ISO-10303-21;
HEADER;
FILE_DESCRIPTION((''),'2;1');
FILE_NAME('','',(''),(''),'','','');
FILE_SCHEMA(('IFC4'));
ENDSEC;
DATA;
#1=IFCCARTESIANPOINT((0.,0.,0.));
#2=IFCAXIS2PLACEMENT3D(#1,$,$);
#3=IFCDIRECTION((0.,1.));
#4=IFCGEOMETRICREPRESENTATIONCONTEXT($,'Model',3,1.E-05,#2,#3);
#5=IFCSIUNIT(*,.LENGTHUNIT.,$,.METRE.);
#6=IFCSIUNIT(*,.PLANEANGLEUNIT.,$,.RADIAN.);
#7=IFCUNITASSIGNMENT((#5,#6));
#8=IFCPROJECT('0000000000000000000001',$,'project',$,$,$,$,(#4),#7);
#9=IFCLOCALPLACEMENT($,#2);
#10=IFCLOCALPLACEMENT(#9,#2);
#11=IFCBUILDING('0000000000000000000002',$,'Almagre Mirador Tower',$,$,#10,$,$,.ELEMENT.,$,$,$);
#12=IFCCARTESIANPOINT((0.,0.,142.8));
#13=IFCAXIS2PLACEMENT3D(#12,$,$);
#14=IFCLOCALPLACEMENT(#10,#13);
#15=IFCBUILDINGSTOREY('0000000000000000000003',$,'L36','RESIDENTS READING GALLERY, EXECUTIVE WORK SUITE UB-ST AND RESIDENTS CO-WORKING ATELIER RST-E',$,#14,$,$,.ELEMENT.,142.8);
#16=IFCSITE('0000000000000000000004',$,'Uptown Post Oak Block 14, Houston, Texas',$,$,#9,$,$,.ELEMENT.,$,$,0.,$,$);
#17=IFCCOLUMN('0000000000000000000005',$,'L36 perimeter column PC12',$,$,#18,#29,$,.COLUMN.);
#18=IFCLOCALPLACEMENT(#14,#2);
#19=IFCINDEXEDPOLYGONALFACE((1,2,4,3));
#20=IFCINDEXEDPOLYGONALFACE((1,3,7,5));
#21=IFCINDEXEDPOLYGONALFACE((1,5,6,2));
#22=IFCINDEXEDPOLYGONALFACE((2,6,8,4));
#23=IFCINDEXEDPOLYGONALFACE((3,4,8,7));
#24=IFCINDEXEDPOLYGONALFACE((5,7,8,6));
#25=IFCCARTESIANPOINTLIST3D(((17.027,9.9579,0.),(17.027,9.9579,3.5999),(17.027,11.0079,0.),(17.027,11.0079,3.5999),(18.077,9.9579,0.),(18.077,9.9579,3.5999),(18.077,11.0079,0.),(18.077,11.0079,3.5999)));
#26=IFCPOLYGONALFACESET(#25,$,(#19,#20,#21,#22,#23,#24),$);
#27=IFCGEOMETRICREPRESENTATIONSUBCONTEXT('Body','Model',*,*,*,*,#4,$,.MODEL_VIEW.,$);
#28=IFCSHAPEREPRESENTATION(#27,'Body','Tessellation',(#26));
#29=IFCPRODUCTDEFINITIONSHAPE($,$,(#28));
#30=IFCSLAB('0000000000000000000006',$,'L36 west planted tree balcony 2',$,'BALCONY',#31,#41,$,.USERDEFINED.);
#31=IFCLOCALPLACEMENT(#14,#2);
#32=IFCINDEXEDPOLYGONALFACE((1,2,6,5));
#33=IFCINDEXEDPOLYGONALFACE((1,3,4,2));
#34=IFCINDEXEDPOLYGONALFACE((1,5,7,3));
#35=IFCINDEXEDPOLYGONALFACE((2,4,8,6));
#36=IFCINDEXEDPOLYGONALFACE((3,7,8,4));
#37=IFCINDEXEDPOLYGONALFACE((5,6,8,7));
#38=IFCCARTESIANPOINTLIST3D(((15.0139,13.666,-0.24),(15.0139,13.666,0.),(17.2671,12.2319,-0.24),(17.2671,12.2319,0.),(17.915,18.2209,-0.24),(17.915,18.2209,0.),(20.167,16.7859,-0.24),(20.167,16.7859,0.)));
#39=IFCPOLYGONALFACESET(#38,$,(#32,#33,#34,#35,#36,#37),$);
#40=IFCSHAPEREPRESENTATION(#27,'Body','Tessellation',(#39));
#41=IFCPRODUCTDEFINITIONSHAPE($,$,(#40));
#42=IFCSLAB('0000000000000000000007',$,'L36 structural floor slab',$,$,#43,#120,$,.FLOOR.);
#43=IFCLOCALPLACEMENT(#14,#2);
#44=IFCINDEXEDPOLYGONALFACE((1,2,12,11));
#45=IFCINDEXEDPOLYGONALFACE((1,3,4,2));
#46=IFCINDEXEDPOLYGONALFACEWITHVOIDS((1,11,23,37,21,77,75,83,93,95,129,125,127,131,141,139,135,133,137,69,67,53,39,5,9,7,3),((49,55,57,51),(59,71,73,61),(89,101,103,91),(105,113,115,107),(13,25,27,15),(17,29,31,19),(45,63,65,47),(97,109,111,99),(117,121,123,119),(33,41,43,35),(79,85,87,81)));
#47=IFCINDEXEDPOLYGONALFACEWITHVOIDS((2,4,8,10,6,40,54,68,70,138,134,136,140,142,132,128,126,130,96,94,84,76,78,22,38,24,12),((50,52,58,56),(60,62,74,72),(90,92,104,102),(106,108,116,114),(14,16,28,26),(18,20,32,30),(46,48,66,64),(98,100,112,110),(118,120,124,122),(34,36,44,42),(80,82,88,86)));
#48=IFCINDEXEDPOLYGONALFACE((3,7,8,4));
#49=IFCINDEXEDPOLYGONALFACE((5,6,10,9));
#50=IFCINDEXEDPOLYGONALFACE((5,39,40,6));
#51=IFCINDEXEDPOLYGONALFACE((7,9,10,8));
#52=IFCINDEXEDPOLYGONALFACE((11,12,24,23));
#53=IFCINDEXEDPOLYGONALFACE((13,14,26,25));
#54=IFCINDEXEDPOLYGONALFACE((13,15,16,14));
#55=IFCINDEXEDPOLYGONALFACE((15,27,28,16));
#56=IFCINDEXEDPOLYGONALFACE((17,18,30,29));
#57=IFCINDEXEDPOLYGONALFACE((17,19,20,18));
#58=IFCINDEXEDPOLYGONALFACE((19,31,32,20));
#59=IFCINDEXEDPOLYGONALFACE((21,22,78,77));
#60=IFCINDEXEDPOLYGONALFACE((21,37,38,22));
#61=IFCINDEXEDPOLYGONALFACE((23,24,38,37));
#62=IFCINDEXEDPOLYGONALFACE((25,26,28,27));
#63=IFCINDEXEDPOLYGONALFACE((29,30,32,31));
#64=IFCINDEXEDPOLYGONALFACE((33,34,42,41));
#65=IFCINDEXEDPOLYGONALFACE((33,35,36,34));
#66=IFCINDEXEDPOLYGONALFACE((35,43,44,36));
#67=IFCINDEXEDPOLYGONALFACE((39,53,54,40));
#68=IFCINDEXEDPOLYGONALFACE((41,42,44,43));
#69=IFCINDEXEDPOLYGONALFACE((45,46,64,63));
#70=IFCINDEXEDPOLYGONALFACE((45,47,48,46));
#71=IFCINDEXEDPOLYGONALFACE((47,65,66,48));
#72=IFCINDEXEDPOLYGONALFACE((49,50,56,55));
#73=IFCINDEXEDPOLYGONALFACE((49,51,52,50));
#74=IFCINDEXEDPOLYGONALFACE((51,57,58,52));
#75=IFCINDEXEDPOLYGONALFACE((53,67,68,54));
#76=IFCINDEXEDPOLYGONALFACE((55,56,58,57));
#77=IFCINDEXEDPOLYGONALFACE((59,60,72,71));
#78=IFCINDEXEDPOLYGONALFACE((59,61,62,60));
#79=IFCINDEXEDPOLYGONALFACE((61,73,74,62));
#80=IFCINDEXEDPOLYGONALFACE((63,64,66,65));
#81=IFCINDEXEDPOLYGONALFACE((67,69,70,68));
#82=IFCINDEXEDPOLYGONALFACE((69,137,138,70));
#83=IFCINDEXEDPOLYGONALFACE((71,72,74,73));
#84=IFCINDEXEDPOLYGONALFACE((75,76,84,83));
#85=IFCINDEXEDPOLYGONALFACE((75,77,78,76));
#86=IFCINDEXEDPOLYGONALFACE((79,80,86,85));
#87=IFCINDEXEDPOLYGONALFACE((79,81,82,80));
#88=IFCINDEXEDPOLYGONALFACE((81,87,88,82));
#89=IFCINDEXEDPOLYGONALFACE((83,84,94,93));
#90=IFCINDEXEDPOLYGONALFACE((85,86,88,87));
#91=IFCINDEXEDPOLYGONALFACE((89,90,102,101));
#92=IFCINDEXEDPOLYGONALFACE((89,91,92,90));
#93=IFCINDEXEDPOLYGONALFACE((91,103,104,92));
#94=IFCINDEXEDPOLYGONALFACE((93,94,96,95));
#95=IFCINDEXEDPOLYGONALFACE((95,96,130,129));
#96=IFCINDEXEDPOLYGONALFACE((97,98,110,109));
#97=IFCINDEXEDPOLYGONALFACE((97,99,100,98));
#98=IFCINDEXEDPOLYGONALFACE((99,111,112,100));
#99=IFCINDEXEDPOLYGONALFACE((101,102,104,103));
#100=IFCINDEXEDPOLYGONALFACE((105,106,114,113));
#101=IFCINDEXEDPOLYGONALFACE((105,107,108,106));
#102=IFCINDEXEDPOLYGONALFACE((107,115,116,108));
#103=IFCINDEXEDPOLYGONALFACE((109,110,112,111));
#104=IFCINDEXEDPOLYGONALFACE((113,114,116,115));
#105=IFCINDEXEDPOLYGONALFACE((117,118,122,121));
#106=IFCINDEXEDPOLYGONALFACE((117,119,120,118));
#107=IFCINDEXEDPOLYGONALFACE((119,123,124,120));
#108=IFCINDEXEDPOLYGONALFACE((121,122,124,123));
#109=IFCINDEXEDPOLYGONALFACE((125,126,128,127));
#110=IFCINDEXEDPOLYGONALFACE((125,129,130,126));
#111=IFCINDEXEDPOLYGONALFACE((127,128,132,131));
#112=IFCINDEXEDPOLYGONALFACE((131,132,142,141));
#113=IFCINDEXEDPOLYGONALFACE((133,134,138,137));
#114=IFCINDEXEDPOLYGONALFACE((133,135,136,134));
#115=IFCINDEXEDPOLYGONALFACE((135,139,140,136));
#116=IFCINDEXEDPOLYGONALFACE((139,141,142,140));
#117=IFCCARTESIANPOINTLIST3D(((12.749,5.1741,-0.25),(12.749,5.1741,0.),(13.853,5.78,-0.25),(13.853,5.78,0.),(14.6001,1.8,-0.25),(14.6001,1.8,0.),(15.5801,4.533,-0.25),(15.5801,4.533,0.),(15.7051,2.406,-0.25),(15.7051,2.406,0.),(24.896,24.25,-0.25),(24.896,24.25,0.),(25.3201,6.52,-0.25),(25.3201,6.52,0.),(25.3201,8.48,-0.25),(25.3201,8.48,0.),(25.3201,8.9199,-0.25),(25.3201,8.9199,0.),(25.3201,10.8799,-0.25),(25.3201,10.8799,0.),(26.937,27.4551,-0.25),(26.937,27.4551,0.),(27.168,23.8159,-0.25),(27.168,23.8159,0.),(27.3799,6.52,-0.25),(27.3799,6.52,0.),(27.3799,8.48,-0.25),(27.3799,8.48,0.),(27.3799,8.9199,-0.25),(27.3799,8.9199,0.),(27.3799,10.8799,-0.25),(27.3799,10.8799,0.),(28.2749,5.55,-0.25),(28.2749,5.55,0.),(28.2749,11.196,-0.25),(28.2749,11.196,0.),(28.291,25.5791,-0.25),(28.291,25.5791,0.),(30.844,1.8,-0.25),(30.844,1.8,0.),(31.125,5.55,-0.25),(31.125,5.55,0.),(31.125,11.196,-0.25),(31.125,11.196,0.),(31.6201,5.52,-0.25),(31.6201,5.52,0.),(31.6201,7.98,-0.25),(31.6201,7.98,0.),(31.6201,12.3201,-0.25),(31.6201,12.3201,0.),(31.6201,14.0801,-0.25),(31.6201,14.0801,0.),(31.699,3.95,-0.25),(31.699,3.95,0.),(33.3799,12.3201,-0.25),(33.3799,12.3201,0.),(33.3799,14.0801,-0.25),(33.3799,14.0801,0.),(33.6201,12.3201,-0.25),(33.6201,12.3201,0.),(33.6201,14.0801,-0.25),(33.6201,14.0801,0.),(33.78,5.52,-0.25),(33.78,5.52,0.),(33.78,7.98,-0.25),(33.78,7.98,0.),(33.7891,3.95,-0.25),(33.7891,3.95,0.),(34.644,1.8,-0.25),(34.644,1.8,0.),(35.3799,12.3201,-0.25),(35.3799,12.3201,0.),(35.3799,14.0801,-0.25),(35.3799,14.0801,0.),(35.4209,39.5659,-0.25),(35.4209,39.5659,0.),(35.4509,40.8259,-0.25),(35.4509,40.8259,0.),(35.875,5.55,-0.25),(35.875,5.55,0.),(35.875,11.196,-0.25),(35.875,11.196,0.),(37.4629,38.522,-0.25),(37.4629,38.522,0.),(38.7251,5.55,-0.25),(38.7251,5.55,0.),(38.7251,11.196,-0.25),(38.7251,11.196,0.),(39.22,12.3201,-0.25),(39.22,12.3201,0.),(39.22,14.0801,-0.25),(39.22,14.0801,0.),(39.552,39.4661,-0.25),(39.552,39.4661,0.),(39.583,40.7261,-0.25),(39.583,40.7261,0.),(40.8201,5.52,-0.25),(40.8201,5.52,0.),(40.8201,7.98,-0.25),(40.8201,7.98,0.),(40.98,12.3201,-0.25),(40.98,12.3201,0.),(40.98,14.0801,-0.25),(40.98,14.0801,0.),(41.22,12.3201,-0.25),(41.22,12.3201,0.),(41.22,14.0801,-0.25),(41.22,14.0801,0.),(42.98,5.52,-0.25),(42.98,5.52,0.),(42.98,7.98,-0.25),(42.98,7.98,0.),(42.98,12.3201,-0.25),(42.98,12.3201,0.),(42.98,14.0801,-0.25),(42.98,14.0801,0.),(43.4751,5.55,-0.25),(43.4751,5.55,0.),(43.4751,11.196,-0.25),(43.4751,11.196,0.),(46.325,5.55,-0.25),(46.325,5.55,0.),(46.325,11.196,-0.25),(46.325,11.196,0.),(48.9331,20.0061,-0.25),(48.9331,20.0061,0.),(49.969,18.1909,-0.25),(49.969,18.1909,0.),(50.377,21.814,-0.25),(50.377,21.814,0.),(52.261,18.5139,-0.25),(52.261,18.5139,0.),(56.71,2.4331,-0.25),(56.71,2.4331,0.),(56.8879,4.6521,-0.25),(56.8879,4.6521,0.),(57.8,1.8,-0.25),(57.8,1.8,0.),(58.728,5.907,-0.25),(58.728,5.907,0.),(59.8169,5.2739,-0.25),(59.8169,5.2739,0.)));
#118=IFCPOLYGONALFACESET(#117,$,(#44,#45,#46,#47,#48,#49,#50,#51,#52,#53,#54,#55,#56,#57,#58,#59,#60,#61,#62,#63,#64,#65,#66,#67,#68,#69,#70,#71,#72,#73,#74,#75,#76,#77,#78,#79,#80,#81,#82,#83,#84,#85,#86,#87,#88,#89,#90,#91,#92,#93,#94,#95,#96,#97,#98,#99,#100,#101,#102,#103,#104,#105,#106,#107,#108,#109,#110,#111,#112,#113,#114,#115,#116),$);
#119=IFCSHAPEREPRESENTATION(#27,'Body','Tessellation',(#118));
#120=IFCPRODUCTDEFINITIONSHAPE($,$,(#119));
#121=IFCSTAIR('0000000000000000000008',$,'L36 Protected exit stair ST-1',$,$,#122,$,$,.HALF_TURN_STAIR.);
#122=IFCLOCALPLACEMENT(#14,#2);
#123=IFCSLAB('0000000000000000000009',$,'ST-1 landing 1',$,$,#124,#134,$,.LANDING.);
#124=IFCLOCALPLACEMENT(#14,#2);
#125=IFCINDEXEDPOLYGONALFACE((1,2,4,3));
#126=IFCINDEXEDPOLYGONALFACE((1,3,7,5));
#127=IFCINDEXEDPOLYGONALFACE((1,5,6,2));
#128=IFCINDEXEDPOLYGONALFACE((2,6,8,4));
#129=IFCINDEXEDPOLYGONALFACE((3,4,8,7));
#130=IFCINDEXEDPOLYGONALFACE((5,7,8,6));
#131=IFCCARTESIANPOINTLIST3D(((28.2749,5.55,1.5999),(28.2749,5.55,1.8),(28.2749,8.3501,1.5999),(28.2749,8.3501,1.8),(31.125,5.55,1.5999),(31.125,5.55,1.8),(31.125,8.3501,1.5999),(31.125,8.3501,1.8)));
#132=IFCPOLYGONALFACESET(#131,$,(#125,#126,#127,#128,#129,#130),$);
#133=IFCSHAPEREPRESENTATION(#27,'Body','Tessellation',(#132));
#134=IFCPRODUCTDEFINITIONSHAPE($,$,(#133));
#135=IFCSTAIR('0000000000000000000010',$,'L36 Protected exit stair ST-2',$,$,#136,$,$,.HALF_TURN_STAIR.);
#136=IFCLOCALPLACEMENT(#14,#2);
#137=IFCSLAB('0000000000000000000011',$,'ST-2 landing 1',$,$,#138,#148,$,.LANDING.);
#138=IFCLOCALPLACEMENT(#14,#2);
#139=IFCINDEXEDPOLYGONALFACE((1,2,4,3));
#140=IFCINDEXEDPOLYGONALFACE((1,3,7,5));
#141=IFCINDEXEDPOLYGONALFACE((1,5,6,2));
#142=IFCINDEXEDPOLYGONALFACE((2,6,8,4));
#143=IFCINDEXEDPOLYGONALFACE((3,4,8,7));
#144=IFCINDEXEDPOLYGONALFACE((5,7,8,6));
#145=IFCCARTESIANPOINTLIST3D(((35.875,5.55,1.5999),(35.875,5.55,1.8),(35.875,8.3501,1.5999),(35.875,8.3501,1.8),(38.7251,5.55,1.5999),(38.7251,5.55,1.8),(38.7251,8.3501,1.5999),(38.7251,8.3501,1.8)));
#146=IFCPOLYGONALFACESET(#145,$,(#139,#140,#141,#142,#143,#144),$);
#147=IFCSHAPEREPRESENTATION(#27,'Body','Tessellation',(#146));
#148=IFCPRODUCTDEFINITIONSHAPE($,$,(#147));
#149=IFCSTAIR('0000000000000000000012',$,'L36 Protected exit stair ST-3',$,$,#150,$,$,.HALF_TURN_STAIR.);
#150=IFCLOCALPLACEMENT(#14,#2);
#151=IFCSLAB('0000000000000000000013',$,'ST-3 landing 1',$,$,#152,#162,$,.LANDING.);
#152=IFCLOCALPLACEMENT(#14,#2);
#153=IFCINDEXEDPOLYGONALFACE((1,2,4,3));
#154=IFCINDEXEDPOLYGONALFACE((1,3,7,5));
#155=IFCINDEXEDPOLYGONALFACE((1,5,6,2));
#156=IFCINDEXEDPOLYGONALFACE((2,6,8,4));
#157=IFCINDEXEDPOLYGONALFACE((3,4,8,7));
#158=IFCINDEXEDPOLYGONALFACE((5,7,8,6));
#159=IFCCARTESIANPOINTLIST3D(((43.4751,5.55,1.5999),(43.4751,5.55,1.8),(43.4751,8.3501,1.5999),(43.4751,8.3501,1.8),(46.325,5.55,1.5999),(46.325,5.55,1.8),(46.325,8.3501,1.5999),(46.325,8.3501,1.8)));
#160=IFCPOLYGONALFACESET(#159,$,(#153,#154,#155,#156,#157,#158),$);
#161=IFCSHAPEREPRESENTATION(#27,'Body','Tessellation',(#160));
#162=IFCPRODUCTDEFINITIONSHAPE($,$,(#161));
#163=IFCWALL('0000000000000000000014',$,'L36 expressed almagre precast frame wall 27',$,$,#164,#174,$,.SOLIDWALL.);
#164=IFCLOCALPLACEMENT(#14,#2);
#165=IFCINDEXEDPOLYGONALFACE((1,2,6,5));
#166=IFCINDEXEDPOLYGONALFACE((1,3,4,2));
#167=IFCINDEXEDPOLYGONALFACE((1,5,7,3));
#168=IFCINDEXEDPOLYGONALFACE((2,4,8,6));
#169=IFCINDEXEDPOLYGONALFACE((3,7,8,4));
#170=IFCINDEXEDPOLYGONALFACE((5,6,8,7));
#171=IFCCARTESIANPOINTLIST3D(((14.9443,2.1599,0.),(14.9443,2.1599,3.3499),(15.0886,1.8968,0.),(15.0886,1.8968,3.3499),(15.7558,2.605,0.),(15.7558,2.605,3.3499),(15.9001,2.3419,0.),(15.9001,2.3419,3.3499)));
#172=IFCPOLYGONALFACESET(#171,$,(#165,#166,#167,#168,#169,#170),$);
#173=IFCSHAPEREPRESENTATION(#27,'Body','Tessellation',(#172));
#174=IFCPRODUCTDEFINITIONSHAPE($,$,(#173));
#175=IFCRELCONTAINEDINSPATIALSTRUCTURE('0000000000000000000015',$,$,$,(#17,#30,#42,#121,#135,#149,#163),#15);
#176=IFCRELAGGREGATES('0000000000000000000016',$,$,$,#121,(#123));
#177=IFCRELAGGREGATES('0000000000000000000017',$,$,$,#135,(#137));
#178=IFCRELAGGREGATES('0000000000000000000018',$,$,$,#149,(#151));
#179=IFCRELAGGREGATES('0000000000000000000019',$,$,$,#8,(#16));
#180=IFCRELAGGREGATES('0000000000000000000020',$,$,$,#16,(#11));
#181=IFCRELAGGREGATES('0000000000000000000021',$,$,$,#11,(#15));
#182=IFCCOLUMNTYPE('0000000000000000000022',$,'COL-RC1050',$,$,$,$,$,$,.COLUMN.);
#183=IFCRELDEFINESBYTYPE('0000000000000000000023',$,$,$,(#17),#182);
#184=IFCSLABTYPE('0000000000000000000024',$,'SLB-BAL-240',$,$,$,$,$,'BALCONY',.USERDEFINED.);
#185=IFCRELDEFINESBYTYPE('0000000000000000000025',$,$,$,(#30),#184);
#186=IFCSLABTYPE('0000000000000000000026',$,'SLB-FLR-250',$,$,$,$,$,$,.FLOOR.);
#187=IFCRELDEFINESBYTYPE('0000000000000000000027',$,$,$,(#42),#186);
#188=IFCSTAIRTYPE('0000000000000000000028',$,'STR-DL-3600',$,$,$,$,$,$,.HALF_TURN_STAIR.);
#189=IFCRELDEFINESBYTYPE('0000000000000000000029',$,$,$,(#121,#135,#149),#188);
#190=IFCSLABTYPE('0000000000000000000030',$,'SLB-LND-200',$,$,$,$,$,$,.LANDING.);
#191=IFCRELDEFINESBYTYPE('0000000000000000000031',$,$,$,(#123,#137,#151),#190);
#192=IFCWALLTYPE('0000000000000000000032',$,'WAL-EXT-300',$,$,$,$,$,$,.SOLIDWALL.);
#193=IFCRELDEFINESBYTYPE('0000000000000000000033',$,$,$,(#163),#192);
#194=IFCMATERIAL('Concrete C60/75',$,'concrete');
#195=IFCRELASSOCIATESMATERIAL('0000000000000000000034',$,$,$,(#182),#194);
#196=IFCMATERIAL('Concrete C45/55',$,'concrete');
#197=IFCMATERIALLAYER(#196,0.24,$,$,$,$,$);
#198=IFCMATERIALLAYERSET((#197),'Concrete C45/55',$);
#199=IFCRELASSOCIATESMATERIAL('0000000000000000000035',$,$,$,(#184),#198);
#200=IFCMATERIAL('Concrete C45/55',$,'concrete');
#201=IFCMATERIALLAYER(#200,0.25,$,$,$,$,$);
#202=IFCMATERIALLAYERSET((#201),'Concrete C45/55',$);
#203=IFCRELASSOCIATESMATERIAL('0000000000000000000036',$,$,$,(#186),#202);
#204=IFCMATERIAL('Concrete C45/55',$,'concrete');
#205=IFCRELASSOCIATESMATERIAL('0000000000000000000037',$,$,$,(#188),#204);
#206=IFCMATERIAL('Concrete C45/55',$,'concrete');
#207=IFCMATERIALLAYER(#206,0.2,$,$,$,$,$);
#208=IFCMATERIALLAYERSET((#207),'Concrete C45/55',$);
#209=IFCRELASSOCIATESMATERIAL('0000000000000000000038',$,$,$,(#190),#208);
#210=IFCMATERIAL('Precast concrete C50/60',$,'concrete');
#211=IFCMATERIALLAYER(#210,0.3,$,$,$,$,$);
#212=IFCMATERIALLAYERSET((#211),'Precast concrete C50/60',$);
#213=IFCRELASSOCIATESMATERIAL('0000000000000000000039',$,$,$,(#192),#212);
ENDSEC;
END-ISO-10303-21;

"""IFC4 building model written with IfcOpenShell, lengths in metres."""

from ifc_helpers import new_model, si_unit, direction, frame, frame_2d, origin, origin_2d, place, context, subcontext, project, spatial, polyline, rectangle, outline, extrude, material, layer, layer_set, material_profile, profile_set, type_object, element, aggregate, save


model = new_model("IFC4")

# Units and contexts
model_context = context("Model", 3, precision=1e-05, world=origin(), true_north=direction((0.0, 1.0)))
body_context = subcontext(model_context, "Body", "Model", "MODEL_VIEW")
ifc_project = project(units=[si_unit("LENGTHUNIT", "METRE"), si_unit("PLANEANGLEUNIT", "RADIAN")], contexts=[model_context])

# Site, building, storey
site_placement = place(None, origin())
site = spatial("IfcSite", under=ifc_project, at=site_placement, Name="Uptown Post Oak Block 14, Houston, Texas", CompositionType="ELEMENT", RefElevation=0.0)
building_placement = place(site_placement, origin())
building = spatial("IfcBuilding", under=site, at=building_placement, Name="Almagre Mirador Tower", CompositionType="ELEMENT")
storey_placement = place(building_placement, frame((0.0, 0.0, 142.8)))
storey = spatial("IfcBuildingStorey", under=building, at=storey_placement, Name="L36", Description="RESIDENTS READING GALLERY, EXECUTIVE WORK SUITE UB-ST AND RESIDENTS CO-WORKING ATELIER RST-E", CompositionType="ELEMENT", Elevation=142.8)

# Column
ifc_material_1 = material(Name="Concrete C60/75", Category="concrete")
ifc_material_profile = material_profile(ifc_material_1, rectangle(XDim=1.05, YDim=1.05, at=origin_2d()), Name="RC1050X1050")
ifc_profile_set = profile_set([ifc_material_profile], Name="Concrete C60/75")
column_type = type_object("IfcColumnType", Name="COL-RC1050", PredefinedType="COLUMN", material=ifc_profile_set)
column_placement = place(storey_placement, frame((17.552, 10.4829, 0.0), z_axis=(0.0, 0.0, 1.0), x_axis=(1.0, 0.0, 0.0)))
element("IfcColumn", 1, at=column_placement, inside=storey, type_object=column_type, Name="L36 perimeter column PC12", PredefinedType="COLUMN", context=body_context, shape_type="SweptSolid", body=[
    extrude(rectangle(XDim=1.05, YDim=1.05, at=origin_2d()), origin(), (0.0, 0.0, 1.0), 3.5999),
])

# Slabs
ifc_material_2 = material(Name="Concrete C45/55", Category="concrete")
ifc_layer_1 = layer(ifc_material_2, 0.24)
ifc_layer_set_1 = layer_set([ifc_layer_1], Name="Concrete C45/55")
slab_type_1 = type_object("IfcSlabType", Name="SLB-BAL-240", ElementType="BALCONY", PredefinedType="USERDEFINED", material=ifc_layer_set_1)
slab_1_placement = place(storey_placement, frame((0.0, 0.0, -0.24)))
element("IfcSlab", 2, at=slab_1_placement, inside=storey, type_object=slab_type_1, Name="L36 west planted tree balcony 2", ObjectType="BALCONY", PredefinedType="USERDEFINED", context=body_context, shape_type="SweptSolid", body=[
    extrude(outline(polyline([(20.167, 16.7859), (17.2671, 12.2319), (15.0139, 13.666), (17.915, 18.2209), (20.167, 16.7859)])), origin(), (0.0, 0.0, 1.0), 0.24),
])
ifc_material_3 = material(Name="Concrete C45/55", Category="concrete")
ifc_layer_2 = layer(ifc_material_3, 0.25)
ifc_layer_set_2 = layer_set([ifc_layer_2], Name="Concrete C45/55")
slab_type_2 = type_object("IfcSlabType", Name="SLB-FLR-250", PredefinedType="FLOOR", material=ifc_layer_set_2)
slab_2_placement = place(storey_placement, frame((0.0, 0.0, -0.25)))
element("IfcSlab", 3, at=slab_2_placement, inside=storey, type_object=slab_type_2, Name="L36 structural floor slab", PredefinedType="FLOOR", context=body_context, shape_type="SweptSolid", body=[
    extrude(outline(polyline([(12.749, 5.1741), (13.853, 5.78), (15.5801, 4.533), (15.7051, 2.406), (14.6001, 1.8), (30.844, 1.8), (31.699, 3.95), (33.7891, 3.95), (34.644, 1.8), (57.8, 1.8), (56.71, 2.4331), (56.8879, 4.6521), (58.728, 5.907), (59.8169, 5.2739), (52.261, 18.5139), (49.969, 18.1909), (48.9331, 20.0061), (50.377, 21.814), (39.583, 40.7261), (39.552, 39.4661), (37.4629, 38.522), (35.4209, 39.5659), (35.4509, 40.8259), (26.937, 27.4551), (28.291, 25.5791), (27.168, 23.8159), (24.896, 24.25), (12.749, 5.1741)]), holes=[polyline([(43.4751, 5.55), (43.4751, 11.196), (46.325, 11.196), (46.325, 5.55), (43.4751, 5.55)]), polyline([(40.8201, 5.52), (40.8201, 7.98), (42.98, 7.98), (42.98, 5.52), (40.8201, 5.52)]), polyline([(41.22, 12.3201), (41.22, 14.0801), (42.98, 14.0801), (42.98, 12.3201), (41.22, 12.3201)]), polyline([(39.22, 12.3201), (39.22, 14.0801), (40.98, 14.0801), (40.98, 12.3201), (39.22, 12.3201)]), polyline([(35.875, 11.196), (38.7251, 11.196), (38.7251, 5.55), (35.875, 5.55), (35.875, 11.196)]), polyline([(35.3799, 12.3201), (33.6201, 12.3201), (33.6201, 14.0801), (35.3799, 14.0801), (35.3799, 12.3201)]), polyline([(33.78, 5.52), (31.6201, 5.52), (31.6201, 7.98), (33.78, 7.98), (33.78, 5.52)]), polyline([(31.6201, 12.3201), (31.6201, 14.0801), (33.3799, 14.0801), (33.3799, 12.3201), (31.6201, 12.3201)]), polyline([(28.2749, 5.55), (28.2749, 11.196), (31.125, 11.196), (31.125, 5.55), (28.2749, 5.55)]), polyline([(25.3201, 8.9199), (25.3201, 10.8799), (27.3799, 10.8799), (27.3799, 8.9199), (25.3201, 8.9199)]), polyline([(27.3799, 6.52), (25.3201, 6.52), (25.3201, 8.48), (27.3799, 8.48), (27.3799, 6.52)])]), origin(), (0.0, 0.0, 1.0), 0.25),
])

# Stairs, slabs
ifc_material_4 = material(Name="Concrete C45/55", Category="concrete")
stair_type = type_object("IfcStairType", Name="STR-DL-3600", PredefinedType="HALF_TURN_STAIR", material=ifc_material_4)
stair_1_placement = place(storey_placement, origin())
stair_1 = element("IfcStair", 4, at=stair_1_placement, inside=storey, type_object=stair_type, Name="L36 Protected exit stair ST-1", PredefinedType="HALF_TURN_STAIR")
ifc_material_5 = material(Name="Concrete C45/55", Category="concrete")
ifc_layer_3 = layer(ifc_material_5, 0.2)
ifc_layer_set_3 = layer_set([ifc_layer_3], Name="Concrete C45/55")
slab_type_3 = type_object("IfcSlabType", Name="SLB-LND-200", PredefinedType="LANDING", material=ifc_layer_set_3)
slab_3_placement = place(storey_placement, frame((0.0, 0.0, 1.5999)))
slab_3 = element("IfcSlab", 5, at=slab_3_placement, type_object=slab_type_3, Name="ST-1 landing 1", PredefinedType="LANDING", context=body_context, shape_type="SweptSolid", body=[
    extrude(outline(polyline([(28.2749, 8.3501), (28.2749, 5.55), (31.125, 5.55), (31.125, 8.3501), (28.2749, 8.3501)])), origin(), (0.0, 0.0, 1.0), 0.2002),
])
aggregate(stair_1, [slab_3])
stair_2_placement = place(storey_placement, origin())
stair_2 = element("IfcStair", 6, at=stair_2_placement, inside=storey, type_object=stair_type, Name="L36 Protected exit stair ST-2", PredefinedType="HALF_TURN_STAIR")
slab_4_placement = place(storey_placement, frame((0.0, 0.0, 1.5999)))
slab_4 = element("IfcSlab", 7, at=slab_4_placement, type_object=slab_type_3, Name="ST-2 landing 1", PredefinedType="LANDING", context=body_context, shape_type="SweptSolid", body=[
    extrude(outline(polyline([(35.875, 8.3501), (35.875, 5.55), (38.7251, 5.55), (38.7251, 8.3501), (35.875, 8.3501)])), origin(), (0.0, 0.0, 1.0), 0.2002),
])
aggregate(stair_2, [slab_4])
stair_3_placement = place(storey_placement, origin())
stair_3 = element("IfcStair", 8, at=stair_3_placement, inside=storey, type_object=stair_type, Name="L36 Protected exit stair ST-3", PredefinedType="HALF_TURN_STAIR")
slab_5_placement = place(storey_placement, frame((0.0, 0.0, 1.5999)))
slab_5 = element("IfcSlab", 9, at=slab_5_placement, type_object=slab_type_3, Name="ST-3 landing 1", PredefinedType="LANDING", context=body_context, shape_type="SweptSolid", body=[
    extrude(outline(polyline([(43.4751, 8.3501), (43.4751, 5.55), (46.325, 5.55), (46.325, 8.3501), (43.4751, 8.3501)])), origin(), (0.0, 0.0, 1.0), 0.2002),
])
aggregate(stair_3, [slab_5])

# Wall
ifc_material_6 = material(Name="Precast concrete C50/60", Category="concrete")
ifc_layer_4 = layer(ifc_material_6, 0.3)
ifc_layer_set_4 = layer_set([ifc_layer_4], Name="Precast concrete C50/60")
wall_type_1 = type_object("IfcWallType", Name="WAL-EXT-300", PredefinedType="SOLIDWALL", material=ifc_layer_set_4)
wall_1_placement = place(storey_placement, frame((15.0164, 2.0283, 0.0), z_axis=(0.0, 0.0, 1.0), x_axis=(0.876794, 0.480865, 0.0)))
element("IfcWall", 10, at=wall_1_placement, inside=storey, type_object=wall_type_1, Name="L36 expressed almagre precast frame wall 27", PredefinedType="SOLIDWALL", context=body_context, shape_type="SweptSolid", body=[
    extrude(rectangle(XDim=0.9255, YDim=0.3, at=frame_2d((0.4629, 0.0))), origin(), (0.0, 0.0, 1.0), 3.3499),
])

save(model, "model.ifc")
